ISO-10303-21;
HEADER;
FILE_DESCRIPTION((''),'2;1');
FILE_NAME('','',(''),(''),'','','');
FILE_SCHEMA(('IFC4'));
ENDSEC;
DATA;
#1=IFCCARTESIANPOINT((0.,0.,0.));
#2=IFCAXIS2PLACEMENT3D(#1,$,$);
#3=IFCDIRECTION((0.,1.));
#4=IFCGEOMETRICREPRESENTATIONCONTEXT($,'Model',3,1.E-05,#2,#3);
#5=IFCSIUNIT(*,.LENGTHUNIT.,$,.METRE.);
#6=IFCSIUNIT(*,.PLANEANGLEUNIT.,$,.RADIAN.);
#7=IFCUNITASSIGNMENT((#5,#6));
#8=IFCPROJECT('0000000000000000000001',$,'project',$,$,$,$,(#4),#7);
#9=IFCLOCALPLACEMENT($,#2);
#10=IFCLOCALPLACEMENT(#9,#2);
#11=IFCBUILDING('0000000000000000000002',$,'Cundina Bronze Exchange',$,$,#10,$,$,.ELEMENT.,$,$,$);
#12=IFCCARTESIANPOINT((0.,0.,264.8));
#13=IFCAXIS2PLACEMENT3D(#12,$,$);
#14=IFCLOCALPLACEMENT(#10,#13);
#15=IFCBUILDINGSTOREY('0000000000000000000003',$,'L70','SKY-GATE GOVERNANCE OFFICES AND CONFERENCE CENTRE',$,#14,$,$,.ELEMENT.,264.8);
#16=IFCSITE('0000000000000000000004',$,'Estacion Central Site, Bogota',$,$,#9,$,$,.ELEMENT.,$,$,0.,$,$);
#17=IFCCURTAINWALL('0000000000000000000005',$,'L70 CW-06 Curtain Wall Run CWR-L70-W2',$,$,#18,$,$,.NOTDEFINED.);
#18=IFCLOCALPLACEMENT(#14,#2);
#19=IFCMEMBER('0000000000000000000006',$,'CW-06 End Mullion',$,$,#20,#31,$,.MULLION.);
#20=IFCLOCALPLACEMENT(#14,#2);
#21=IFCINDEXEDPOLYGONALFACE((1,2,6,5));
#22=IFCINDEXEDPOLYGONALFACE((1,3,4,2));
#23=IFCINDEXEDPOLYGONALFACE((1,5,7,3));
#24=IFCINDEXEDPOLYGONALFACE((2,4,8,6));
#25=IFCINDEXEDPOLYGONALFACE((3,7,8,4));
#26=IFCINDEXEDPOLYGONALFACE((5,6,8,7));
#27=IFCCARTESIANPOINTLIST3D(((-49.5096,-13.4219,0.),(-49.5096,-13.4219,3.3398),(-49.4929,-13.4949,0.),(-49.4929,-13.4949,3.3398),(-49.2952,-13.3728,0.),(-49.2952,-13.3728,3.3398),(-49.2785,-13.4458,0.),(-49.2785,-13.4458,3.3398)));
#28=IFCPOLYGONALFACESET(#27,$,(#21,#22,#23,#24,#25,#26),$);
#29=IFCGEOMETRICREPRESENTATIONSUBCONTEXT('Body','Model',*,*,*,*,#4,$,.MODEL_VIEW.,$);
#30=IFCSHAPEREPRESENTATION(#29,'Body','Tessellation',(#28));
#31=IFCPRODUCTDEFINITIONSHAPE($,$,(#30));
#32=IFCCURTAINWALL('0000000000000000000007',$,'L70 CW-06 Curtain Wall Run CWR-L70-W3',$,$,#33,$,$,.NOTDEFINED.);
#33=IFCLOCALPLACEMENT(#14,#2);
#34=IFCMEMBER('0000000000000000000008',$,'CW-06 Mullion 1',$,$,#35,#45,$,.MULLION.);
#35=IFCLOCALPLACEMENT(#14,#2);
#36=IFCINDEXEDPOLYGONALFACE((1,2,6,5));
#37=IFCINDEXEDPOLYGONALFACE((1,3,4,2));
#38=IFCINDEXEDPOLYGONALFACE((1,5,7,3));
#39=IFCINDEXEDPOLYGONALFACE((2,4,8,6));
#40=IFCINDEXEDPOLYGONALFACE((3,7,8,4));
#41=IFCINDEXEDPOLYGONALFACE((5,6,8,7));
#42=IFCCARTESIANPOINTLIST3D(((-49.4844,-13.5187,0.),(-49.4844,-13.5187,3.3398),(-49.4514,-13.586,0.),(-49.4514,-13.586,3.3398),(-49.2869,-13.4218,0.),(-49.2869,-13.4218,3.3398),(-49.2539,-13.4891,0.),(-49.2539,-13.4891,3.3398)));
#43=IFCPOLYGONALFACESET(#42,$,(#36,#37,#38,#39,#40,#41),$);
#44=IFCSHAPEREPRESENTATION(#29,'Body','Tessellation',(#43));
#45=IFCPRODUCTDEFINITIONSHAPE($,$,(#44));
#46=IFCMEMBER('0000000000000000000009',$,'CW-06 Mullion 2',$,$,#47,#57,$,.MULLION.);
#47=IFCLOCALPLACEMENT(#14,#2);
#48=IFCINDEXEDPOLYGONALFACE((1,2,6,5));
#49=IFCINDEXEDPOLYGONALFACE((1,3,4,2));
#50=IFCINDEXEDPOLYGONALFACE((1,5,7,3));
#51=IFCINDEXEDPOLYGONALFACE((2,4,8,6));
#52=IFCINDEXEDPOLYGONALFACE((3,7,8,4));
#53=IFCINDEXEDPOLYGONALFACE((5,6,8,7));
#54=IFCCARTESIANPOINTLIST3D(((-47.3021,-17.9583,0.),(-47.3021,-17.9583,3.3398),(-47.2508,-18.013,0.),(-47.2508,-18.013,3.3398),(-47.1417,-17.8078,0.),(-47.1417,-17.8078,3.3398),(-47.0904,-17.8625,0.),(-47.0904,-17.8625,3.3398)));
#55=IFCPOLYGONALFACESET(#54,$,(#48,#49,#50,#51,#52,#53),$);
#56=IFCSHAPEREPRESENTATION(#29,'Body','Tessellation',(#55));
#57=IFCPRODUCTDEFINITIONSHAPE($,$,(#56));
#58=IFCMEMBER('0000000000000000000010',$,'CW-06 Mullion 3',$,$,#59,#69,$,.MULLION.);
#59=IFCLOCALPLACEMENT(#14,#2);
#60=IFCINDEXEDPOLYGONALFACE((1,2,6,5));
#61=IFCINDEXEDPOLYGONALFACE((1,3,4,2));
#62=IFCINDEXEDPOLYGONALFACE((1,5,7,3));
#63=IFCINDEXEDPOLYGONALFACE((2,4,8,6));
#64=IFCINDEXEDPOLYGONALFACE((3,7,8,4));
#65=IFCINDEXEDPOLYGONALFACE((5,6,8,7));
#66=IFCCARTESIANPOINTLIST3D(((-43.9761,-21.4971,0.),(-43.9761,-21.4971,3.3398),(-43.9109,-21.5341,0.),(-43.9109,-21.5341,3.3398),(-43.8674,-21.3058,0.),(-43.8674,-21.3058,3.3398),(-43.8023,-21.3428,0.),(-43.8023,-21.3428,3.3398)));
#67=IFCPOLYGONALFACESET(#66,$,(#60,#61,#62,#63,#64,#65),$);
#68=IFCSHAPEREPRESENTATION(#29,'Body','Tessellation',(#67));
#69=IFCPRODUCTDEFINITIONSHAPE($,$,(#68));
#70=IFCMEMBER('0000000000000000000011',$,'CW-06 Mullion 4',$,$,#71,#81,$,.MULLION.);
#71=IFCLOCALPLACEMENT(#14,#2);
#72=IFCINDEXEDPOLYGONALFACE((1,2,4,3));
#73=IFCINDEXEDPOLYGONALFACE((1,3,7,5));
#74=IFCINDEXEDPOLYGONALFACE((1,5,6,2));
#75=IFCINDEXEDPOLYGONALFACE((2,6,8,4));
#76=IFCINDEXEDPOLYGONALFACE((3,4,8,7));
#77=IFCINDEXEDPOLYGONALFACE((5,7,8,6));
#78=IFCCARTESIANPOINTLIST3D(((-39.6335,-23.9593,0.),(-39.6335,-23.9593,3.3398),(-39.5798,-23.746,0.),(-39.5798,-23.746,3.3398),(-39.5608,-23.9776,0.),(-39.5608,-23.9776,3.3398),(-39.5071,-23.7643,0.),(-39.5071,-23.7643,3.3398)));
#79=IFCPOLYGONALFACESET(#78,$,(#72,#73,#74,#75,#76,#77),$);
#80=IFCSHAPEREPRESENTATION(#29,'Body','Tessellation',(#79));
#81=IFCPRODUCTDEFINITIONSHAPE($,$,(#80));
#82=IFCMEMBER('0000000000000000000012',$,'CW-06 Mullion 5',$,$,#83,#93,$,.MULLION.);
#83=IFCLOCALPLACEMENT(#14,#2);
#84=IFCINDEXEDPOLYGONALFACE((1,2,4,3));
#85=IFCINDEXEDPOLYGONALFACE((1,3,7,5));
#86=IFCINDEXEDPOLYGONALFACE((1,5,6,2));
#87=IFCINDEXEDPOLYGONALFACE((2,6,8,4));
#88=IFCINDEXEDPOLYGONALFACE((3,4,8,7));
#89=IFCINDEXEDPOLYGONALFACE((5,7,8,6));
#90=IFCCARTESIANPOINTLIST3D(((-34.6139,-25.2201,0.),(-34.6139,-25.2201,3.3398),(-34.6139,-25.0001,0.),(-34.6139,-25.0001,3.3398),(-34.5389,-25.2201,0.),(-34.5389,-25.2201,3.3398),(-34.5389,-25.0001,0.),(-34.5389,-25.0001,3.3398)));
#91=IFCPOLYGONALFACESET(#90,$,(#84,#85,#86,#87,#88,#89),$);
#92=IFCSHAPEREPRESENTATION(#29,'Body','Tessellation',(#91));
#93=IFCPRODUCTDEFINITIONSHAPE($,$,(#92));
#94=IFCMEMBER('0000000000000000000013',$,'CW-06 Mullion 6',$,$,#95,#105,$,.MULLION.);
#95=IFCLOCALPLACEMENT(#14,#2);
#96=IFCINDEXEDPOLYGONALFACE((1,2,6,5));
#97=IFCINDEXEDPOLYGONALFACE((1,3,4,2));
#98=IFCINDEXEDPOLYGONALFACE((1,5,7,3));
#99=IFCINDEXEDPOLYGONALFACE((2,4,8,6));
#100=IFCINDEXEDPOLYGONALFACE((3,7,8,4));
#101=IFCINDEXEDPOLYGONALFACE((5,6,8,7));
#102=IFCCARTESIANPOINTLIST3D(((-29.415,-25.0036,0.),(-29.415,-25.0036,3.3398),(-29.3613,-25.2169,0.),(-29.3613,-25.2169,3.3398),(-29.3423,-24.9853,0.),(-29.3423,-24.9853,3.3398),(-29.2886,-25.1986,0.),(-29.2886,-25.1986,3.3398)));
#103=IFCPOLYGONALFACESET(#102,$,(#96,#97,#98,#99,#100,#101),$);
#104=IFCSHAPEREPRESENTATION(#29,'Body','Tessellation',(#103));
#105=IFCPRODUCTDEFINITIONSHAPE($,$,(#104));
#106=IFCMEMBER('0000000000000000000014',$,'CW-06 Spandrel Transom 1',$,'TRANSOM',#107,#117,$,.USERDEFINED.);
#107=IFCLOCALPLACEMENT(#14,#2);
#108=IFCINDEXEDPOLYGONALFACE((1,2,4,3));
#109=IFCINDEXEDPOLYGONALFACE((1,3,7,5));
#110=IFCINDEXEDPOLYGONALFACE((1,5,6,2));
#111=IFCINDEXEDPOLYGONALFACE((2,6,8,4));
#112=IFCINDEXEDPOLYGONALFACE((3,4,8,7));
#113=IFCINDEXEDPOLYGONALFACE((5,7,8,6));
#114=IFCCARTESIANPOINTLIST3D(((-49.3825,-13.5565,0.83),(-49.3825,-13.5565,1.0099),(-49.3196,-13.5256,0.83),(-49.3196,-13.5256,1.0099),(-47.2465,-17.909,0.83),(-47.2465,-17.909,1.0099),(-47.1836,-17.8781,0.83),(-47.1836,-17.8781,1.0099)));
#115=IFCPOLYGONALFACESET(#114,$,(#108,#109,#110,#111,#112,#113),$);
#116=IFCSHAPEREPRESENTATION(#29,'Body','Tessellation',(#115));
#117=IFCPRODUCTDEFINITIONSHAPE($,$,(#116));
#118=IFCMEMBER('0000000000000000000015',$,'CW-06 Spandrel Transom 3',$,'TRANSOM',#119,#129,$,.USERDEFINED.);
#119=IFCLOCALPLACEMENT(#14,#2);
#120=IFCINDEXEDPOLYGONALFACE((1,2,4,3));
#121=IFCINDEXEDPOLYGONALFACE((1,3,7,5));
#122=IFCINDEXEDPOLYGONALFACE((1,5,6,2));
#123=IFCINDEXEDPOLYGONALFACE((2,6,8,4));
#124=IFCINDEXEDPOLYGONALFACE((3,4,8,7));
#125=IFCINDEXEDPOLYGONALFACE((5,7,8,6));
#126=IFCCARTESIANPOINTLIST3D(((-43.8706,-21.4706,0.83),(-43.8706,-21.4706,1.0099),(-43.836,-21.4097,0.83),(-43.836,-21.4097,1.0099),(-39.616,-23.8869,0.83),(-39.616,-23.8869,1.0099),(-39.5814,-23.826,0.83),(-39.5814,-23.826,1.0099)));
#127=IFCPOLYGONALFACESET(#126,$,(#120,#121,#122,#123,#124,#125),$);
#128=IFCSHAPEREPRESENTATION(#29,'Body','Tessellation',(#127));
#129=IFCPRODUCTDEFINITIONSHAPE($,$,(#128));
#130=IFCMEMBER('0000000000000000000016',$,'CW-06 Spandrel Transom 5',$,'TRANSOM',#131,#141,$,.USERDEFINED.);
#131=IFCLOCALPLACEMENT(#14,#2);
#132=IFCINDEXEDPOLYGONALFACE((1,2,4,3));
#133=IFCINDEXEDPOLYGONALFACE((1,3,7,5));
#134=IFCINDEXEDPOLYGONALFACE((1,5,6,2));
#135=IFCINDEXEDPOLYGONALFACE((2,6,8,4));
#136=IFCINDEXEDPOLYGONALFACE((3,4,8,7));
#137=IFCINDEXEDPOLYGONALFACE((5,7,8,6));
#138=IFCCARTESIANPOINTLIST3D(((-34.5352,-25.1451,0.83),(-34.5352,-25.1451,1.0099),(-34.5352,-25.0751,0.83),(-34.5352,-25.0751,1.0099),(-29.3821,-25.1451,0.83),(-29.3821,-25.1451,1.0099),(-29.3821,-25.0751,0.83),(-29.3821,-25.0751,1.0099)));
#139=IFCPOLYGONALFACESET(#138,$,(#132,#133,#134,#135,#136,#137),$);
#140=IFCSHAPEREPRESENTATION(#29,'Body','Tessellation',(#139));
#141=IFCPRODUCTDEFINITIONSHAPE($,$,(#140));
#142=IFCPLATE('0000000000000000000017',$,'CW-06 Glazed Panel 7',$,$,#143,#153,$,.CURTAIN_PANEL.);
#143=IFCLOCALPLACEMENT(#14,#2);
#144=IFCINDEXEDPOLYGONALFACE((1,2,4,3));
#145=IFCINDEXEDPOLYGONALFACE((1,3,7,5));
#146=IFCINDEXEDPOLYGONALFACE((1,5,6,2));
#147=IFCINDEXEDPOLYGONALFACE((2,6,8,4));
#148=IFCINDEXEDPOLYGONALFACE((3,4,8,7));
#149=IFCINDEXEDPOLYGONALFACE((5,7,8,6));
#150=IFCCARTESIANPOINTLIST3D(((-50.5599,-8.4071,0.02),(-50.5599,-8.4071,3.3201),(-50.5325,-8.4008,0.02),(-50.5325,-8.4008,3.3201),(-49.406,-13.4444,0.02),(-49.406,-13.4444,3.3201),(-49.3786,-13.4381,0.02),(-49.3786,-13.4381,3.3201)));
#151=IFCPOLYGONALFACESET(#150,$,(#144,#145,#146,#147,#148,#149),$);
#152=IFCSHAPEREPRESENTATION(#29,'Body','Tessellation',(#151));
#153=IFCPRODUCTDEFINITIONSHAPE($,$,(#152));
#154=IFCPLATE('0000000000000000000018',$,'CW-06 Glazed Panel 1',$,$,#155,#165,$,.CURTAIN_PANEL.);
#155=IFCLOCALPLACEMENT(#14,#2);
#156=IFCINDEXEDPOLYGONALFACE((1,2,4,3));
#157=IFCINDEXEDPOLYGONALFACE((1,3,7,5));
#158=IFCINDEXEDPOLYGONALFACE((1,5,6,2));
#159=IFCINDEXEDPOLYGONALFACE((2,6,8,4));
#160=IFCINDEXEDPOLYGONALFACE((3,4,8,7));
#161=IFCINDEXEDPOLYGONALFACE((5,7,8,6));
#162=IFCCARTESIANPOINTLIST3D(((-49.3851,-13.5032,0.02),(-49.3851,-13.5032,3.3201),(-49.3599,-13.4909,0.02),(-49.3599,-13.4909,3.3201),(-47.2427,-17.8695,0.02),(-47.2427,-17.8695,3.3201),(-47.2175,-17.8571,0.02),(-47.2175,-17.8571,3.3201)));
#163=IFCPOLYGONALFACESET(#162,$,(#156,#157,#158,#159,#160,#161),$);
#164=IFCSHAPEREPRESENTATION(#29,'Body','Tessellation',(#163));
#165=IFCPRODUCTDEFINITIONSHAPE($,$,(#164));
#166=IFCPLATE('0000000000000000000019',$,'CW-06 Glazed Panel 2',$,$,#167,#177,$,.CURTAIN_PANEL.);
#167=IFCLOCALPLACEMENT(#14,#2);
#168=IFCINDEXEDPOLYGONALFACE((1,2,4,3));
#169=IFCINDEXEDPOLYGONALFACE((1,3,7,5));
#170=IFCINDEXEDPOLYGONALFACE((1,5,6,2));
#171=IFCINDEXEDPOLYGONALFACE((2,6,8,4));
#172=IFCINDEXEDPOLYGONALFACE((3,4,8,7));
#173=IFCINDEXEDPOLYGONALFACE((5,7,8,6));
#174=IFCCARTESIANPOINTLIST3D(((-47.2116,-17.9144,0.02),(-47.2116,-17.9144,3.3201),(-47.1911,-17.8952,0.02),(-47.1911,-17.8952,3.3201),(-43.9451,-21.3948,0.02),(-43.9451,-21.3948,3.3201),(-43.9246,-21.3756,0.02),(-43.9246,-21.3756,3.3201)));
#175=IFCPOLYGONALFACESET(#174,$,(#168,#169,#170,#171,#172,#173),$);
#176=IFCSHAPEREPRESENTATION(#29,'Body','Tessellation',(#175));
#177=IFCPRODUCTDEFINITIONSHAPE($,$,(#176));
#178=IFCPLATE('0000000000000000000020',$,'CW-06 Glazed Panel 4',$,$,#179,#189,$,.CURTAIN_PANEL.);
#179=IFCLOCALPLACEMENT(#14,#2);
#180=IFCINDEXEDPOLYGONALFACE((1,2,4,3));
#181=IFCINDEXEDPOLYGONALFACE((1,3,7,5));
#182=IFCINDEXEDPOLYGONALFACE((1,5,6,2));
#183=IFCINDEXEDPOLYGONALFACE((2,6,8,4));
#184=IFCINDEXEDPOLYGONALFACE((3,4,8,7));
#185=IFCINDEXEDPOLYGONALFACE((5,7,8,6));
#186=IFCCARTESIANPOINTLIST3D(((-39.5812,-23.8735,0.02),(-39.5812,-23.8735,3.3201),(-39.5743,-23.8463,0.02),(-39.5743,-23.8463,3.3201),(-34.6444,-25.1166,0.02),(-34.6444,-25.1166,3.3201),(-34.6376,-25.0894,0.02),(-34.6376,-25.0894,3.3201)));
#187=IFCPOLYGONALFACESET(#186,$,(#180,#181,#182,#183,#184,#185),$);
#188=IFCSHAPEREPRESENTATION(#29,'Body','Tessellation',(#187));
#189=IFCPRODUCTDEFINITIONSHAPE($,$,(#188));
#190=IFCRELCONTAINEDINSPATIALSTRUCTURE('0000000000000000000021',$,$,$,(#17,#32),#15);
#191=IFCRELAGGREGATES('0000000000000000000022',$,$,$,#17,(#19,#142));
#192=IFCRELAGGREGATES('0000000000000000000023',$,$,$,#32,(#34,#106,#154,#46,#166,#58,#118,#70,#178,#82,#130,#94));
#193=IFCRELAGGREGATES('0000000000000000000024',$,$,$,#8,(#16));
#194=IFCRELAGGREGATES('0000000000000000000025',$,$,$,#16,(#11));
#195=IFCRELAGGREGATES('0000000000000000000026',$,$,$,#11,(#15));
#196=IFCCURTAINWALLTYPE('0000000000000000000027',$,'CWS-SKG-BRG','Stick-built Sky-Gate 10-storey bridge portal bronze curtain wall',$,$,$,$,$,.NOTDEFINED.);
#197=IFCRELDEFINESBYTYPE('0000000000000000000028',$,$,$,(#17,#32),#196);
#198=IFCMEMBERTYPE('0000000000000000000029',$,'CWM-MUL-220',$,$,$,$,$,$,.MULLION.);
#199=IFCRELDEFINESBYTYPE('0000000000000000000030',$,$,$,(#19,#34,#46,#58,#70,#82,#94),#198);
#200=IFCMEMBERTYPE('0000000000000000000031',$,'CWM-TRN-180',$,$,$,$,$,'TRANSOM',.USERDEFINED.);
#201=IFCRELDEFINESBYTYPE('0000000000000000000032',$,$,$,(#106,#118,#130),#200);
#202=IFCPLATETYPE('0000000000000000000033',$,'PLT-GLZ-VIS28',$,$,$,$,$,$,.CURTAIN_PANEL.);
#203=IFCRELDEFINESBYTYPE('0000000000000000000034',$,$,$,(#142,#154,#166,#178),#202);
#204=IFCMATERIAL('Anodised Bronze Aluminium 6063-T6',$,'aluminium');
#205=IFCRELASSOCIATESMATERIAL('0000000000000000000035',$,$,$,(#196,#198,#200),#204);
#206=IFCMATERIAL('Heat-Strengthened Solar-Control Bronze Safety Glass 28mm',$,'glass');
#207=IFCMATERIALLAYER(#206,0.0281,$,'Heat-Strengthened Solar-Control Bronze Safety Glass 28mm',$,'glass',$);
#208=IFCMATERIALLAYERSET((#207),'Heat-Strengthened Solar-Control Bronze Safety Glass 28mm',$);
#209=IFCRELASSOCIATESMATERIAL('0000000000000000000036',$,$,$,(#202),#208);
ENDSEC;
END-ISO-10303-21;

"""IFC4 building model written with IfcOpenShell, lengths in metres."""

from ifc_helpers import new_model, si_unit, direction, frame, origin, origin_2d, place, context, subcontext, project, spatial, rectangle, extrude, material, layer, layer_set, material_profile, profile_set, type_object, element, aggregate, save


model = new_model("IFC4")

# Units and contexts
model_context = context("Model", 3, precision=1e-05, world=origin(), true_north=direction((0.0, 1.0)))
body_context = subcontext(model_context, "Body", "Model", "MODEL_VIEW")
ifc_project = project(units=[si_unit("LENGTHUNIT", "METRE"), si_unit("PLANEANGLEUNIT", "RADIAN")], contexts=[model_context])

# Site, building, storey
site_placement = place(None, origin())
site = spatial("IfcSite", under=ifc_project, at=site_placement, Name="Estacion Central Site, Bogota", CompositionType="ELEMENT", RefElevation=0.0)
building_placement = place(site_placement, origin())
building = spatial("IfcBuilding", under=site, at=building_placement, Name="Cundina Bronze Exchange", CompositionType="ELEMENT")
storey_placement = place(building_placement, frame((0.0, 0.0, 264.8)))
storey = spatial("IfcBuildingStorey", under=building, at=storey_placement, Name="L70", Description="SKY-GATE GOVERNANCE OFFICES AND CONFERENCE CENTRE", CompositionType="ELEMENT", Elevation=264.8)

# Curtain wall, member
ifc_material_1 = material(Name="Anodised Bronze Aluminium 6063-T6", Category="aluminium")
curtain_wall_type = type_object("IfcCurtainWallType", Name="CWS-SKG-BRG", Description="Stick-built Sky-Gate 10-storey bridge portal bronze curtain wall", PredefinedType="NOTDEFINED", material=ifc_material_1)
curtain_wall_1_placement = place(storey_placement, origin())
curtain_wall_1 = element("IfcCurtainWall", 1, at=curtain_wall_1_placement, inside=storey, type_object=curtain_wall_type, Name="L70 CW-06 Curtain Wall Run CWR-L70-W2", PredefinedType="NOTDEFINED")
ifc_material_profile_1 = material_profile(ifc_material_1, rectangle(XDim=0.075, YDim=0.22, at=origin_2d()), Name="AL75X220", Category="aluminium")
ifc_profile_set_1 = profile_set([ifc_material_profile_1], Name="Anodised Bronze Aluminium 6063-T6")
member_type_1 = type_object("IfcMemberType", Name="CWM-MUL-220", PredefinedType="MULLION", material=ifc_profile_set_1)
member_1_placement = place(storey_placement, frame((-49.394, -13.4338, 0.0), z_axis=(0.0, 0.0, 1.0), x_axis=(0.22325, -0.974761, 0.0)))
member_1 = element("IfcMember", 2, at=member_1_placement, type_object=member_type_1, Name="CW-06 End Mullion", PredefinedType="MULLION", context=body_context, shape_type="SweptSolid", body=[
    extrude(rectangle(XDim=0.075, YDim=0.22, at=origin_2d()), origin(), (0.0, 0.0, 1.0), 3.3398),
])

# Curtain wall, members
curtain_wall_2_placement = place(storey_placement, origin())
curtain_wall_2 = element("IfcCurtainWall", 3, at=curtain_wall_2_placement, inside=storey, type_object=curtain_wall_type, Name="L70 CW-06 Curtain Wall Run CWR-L70-W3", PredefinedType="NOTDEFINED")
member_2_placement = place(storey_placement, frame((-49.3691, -13.5039, 0.0), z_axis=(0.0, 0.0, 1.0), x_axis=(0.440566, -0.89772, 0.0)))
member_2 = element("IfcMember", 4, at=member_2_placement, type_object=member_type_1, Name="CW-06 Mullion 1", PredefinedType="MULLION", context=body_context, shape_type="SweptSolid", body=[
    extrude(rectangle(XDim=0.075, YDim=0.22, at=origin_2d()), origin(), (0.0, 0.0, 1.0), 3.3398),
])
member_3_placement = place(storey_placement, frame((-47.1963, -17.9104, 0.0), z_axis=(0.0, 0.0, 1.0), x_axis=(0.684293, -0.729208, 0.0)))
member_3 = element("IfcMember", 5, at=member_3_placement, type_object=member_type_1, Name="CW-06 Mullion 2", PredefinedType="MULLION", context=body_context, shape_type="SweptSolid", body=[
    extrude(rectangle(XDim=0.075, YDim=0.22, at=origin_2d()), origin(), (0.0, 0.0, 1.0), 3.3398),
])
member_4_placement = place(storey_placement, frame((-43.8892, -21.4199, 0.0), z_axis=(0.0, 0.0, 1.0), x_axis=(0.869581, -0.49379, 0.0)))
member_4 = element("IfcMember", 6, at=member_4_placement, type_object=member_type_1, Name="CW-06 Mullion 3", PredefinedType="MULLION", context=body_context, shape_type="SweptSolid", body=[
    extrude(rectangle(XDim=0.075, YDim=0.22, at=origin_2d()), origin(), (0.0, 0.0, 1.0), 3.3398),
])
member_5_placement = place(storey_placement, frame((-39.5703, -23.8618, 0.0), z_axis=(0.0, 0.0, 1.0), x_axis=(0.969744, -0.244123, 0.0)))
member_5 = element("IfcMember", 7, at=member_5_placement, type_object=member_type_1, Name="CW-06 Mullion 4", PredefinedType="MULLION", context=body_context, shape_type="SweptSolid", body=[
    extrude(rectangle(XDim=0.075, YDim=0.22, at=origin_2d()), origin(), (0.0, 0.0, 1.0), 3.3398),
])
member_6_placement = place(storey_placement, frame((-34.5764, -25.1101, 0.0), z_axis=(0.0, 0.0, 1.0), x_axis=(1.0, 0.0, 0.0)))
member_6 = element("IfcMember", 8, at=member_6_placement, type_object=member_type_1, Name="CW-06 Mullion 5", PredefinedType="MULLION", context=body_context, shape_type="SweptSolid", body=[
    extrude(rectangle(XDim=0.075, YDim=0.22, at=origin_2d()), origin(), (0.0, 0.0, 1.0), 3.3398),
])
member_7_placement = place(storey_placement, frame((-29.3518, -25.1011, 0.0), z_axis=(0.0, 0.0, 1.0), x_axis=(0.969744, 0.244123, 0.0)))
member_7 = element("IfcMember", 9, at=member_7_placement, type_object=member_type_1, Name="CW-06 Mullion 6", PredefinedType="MULLION", context=body_context, shape_type="SweptSolid", body=[
    extrude(rectangle(XDim=0.075, YDim=0.22, at=origin_2d()), origin(), (0.0, 0.0, 1.0), 3.3398),
])
ifc_material_profile_2 = material_profile(ifc_material_1, rectangle(XDim=0.0701, YDim=0.1799, at=origin_2d()), Name="AL70X180", Category="aluminium")
ifc_profile_set_2 = profile_set([ifc_material_profile_2], Name="Anodised Bronze Aluminium 6063-T6")
member_type_2 = type_object("IfcMemberType", Name="CWM-TRN-180", ElementType="TRANSOM", PredefinedType="USERDEFINED", material=ifc_profile_set_2)
member_8_placement = place(storey_placement, frame((-49.3511, -13.541, 0.9199), z_axis=(0.440554, -0.897726, 0.0), x_axis=(0.897726, 0.440554, 0.0)))
member_8 = element("IfcMember", 10, at=member_8_placement, type_object=member_type_2, Name="CW-06 Spandrel Transom 1", ObjectType="TRANSOM", PredefinedType="USERDEFINED", context=body_context, shape_type="SweptSolid", body=[
    extrude(rectangle(XDim=0.0701, YDim=0.1799, at=origin_2d()), origin(), (0.0, 0.0, 1.0), 4.8484),
])
member_9_placement = place(storey_placement, frame((-43.8533, -21.4402, 0.9199), z_axis=(0.869557, -0.493832, 0.0), x_axis=(0.493832, 0.869557, 0.0)))
member_9 = element("IfcMember", 11, at=member_9_placement, type_object=member_type_2, Name="CW-06 Spandrel Transom 3", ObjectType="TRANSOM", PredefinedType="USERDEFINED", context=body_context, shape_type="SweptSolid", body=[
    extrude(rectangle(XDim=0.0701, YDim=0.1799, at=origin_2d()), origin(), (0.0, 0.0, 1.0), 4.8928),
])
member_10_placement = place(storey_placement, frame((-34.5352, -25.1101, 0.9199), z_axis=(1.0, 0.0, 0.0), x_axis=(0.0, 1.0, 0.0)))
member_10 = element("IfcMember", 12, at=member_10_placement, type_object=member_type_2, Name="CW-06 Spandrel Transom 5", ObjectType="TRANSOM", PredefinedType="USERDEFINED", context=body_context, shape_type="SweptSolid", body=[
    extrude(rectangle(XDim=0.0701, YDim=0.1799, at=origin_2d()), origin(), (0.0, 0.0, 1.0), 5.1531),
])

# Plates
ifc_material_2 = material(Name="Heat-Strengthened Solar-Control Bronze Safety Glass 28mm", Category="glass")
ifc_layer_1 = layer(ifc_material_2, 0.0281, Name="Heat-Strengthened Solar-Control Bronze Safety Glass 28mm", Category="glass")
ifc_layer_set_1 = layer_set([ifc_layer_1], Name="Heat-Strengthened Solar-Control Bronze Safety Glass 28mm")
plate_type_1 = type_object("IfcPlateType", Name="PLT-GLZ-VIS28", PredefinedType="CURTAIN_PANEL", material=ifc_layer_set_1)
plate_1_placement = place(storey_placement, frame((-49.9692, -10.9226, 0.02), z_axis=(0.0, 0.0, 1.0), x_axis=(0.223284, -0.974753, 0.0)))
plate_1 = element("IfcPlate", 13, at=plate_1_placement, type_object=plate_type_1, Name="CW-06 Glazed Panel 7", PredefinedType="CURTAIN_PANEL", context=body_context, shape_type="SweptSolid", body=[
    extrude(rectangle(XDim=5.1677, YDim=0.0281, at=origin_2d()), origin(), (0.0, 0.0, 1.0), 3.3),
])
aggregate(curtain_wall_1, [member_1, plate_1])
plate_2_placement = place(storey_placement, frame((-48.3013, -15.6802, 0.02), z_axis=(0.0, 0.0, 1.0), x_axis=(0.440503, -0.897751, 0.0)))
plate_2 = element("IfcPlate", 14, at=plate_2_placement, type_object=plate_type_1, Name="CW-06 Glazed Panel 1", PredefinedType="CURTAIN_PANEL", context=body_context, shape_type="SweptSolid", body=[
    extrude(rectangle(XDim=4.8635, YDim=0.0281, at=origin_2d()), origin(), (0.0, 0.0, 1.0), 3.3),
])
plate_3_placement = place(storey_placement, frame((-45.5681, -19.645, 0.02), z_axis=(0.0, 0.0, 1.0), x_axis=(0.684344, -0.72916, 0.0)))
plate_3 = element("IfcPlate", 15, at=plate_3_placement, type_object=plate_type_1, Name="CW-06 Glazed Panel 2", PredefinedType="CURTAIN_PANEL", context=body_context, shape_type="SweptSolid", body=[
    extrude(rectangle(XDim=4.7732, YDim=0.0281, at=origin_2d()), origin(), (0.0, 0.0, 1.0), 3.3),
])
plate_4_placement = place(storey_placement, frame((-37.1094, -24.4814, 0.02), z_axis=(0.0, 0.0, 1.0), x_axis=(0.969732, -0.244174, 0.0)))
plate_4 = element("IfcPlate", 16, at=plate_4_placement, type_object=plate_type_1, Name="CW-06 Glazed Panel 4", PredefinedType="CURTAIN_PANEL", context=body_context, shape_type="SweptSolid", body=[
    extrude(rectangle(XDim=5.0908, YDim=0.0281, at=origin_2d()), origin(), (0.0, 0.0, 1.0), 3.3),
])
aggregate(curtain_wall_2, [member_2, member_8, plate_2, member_3, plate_3, member_4, member_9, member_5, plate_4, member_6, member_10, member_7])

save(model, "model.ifc")
